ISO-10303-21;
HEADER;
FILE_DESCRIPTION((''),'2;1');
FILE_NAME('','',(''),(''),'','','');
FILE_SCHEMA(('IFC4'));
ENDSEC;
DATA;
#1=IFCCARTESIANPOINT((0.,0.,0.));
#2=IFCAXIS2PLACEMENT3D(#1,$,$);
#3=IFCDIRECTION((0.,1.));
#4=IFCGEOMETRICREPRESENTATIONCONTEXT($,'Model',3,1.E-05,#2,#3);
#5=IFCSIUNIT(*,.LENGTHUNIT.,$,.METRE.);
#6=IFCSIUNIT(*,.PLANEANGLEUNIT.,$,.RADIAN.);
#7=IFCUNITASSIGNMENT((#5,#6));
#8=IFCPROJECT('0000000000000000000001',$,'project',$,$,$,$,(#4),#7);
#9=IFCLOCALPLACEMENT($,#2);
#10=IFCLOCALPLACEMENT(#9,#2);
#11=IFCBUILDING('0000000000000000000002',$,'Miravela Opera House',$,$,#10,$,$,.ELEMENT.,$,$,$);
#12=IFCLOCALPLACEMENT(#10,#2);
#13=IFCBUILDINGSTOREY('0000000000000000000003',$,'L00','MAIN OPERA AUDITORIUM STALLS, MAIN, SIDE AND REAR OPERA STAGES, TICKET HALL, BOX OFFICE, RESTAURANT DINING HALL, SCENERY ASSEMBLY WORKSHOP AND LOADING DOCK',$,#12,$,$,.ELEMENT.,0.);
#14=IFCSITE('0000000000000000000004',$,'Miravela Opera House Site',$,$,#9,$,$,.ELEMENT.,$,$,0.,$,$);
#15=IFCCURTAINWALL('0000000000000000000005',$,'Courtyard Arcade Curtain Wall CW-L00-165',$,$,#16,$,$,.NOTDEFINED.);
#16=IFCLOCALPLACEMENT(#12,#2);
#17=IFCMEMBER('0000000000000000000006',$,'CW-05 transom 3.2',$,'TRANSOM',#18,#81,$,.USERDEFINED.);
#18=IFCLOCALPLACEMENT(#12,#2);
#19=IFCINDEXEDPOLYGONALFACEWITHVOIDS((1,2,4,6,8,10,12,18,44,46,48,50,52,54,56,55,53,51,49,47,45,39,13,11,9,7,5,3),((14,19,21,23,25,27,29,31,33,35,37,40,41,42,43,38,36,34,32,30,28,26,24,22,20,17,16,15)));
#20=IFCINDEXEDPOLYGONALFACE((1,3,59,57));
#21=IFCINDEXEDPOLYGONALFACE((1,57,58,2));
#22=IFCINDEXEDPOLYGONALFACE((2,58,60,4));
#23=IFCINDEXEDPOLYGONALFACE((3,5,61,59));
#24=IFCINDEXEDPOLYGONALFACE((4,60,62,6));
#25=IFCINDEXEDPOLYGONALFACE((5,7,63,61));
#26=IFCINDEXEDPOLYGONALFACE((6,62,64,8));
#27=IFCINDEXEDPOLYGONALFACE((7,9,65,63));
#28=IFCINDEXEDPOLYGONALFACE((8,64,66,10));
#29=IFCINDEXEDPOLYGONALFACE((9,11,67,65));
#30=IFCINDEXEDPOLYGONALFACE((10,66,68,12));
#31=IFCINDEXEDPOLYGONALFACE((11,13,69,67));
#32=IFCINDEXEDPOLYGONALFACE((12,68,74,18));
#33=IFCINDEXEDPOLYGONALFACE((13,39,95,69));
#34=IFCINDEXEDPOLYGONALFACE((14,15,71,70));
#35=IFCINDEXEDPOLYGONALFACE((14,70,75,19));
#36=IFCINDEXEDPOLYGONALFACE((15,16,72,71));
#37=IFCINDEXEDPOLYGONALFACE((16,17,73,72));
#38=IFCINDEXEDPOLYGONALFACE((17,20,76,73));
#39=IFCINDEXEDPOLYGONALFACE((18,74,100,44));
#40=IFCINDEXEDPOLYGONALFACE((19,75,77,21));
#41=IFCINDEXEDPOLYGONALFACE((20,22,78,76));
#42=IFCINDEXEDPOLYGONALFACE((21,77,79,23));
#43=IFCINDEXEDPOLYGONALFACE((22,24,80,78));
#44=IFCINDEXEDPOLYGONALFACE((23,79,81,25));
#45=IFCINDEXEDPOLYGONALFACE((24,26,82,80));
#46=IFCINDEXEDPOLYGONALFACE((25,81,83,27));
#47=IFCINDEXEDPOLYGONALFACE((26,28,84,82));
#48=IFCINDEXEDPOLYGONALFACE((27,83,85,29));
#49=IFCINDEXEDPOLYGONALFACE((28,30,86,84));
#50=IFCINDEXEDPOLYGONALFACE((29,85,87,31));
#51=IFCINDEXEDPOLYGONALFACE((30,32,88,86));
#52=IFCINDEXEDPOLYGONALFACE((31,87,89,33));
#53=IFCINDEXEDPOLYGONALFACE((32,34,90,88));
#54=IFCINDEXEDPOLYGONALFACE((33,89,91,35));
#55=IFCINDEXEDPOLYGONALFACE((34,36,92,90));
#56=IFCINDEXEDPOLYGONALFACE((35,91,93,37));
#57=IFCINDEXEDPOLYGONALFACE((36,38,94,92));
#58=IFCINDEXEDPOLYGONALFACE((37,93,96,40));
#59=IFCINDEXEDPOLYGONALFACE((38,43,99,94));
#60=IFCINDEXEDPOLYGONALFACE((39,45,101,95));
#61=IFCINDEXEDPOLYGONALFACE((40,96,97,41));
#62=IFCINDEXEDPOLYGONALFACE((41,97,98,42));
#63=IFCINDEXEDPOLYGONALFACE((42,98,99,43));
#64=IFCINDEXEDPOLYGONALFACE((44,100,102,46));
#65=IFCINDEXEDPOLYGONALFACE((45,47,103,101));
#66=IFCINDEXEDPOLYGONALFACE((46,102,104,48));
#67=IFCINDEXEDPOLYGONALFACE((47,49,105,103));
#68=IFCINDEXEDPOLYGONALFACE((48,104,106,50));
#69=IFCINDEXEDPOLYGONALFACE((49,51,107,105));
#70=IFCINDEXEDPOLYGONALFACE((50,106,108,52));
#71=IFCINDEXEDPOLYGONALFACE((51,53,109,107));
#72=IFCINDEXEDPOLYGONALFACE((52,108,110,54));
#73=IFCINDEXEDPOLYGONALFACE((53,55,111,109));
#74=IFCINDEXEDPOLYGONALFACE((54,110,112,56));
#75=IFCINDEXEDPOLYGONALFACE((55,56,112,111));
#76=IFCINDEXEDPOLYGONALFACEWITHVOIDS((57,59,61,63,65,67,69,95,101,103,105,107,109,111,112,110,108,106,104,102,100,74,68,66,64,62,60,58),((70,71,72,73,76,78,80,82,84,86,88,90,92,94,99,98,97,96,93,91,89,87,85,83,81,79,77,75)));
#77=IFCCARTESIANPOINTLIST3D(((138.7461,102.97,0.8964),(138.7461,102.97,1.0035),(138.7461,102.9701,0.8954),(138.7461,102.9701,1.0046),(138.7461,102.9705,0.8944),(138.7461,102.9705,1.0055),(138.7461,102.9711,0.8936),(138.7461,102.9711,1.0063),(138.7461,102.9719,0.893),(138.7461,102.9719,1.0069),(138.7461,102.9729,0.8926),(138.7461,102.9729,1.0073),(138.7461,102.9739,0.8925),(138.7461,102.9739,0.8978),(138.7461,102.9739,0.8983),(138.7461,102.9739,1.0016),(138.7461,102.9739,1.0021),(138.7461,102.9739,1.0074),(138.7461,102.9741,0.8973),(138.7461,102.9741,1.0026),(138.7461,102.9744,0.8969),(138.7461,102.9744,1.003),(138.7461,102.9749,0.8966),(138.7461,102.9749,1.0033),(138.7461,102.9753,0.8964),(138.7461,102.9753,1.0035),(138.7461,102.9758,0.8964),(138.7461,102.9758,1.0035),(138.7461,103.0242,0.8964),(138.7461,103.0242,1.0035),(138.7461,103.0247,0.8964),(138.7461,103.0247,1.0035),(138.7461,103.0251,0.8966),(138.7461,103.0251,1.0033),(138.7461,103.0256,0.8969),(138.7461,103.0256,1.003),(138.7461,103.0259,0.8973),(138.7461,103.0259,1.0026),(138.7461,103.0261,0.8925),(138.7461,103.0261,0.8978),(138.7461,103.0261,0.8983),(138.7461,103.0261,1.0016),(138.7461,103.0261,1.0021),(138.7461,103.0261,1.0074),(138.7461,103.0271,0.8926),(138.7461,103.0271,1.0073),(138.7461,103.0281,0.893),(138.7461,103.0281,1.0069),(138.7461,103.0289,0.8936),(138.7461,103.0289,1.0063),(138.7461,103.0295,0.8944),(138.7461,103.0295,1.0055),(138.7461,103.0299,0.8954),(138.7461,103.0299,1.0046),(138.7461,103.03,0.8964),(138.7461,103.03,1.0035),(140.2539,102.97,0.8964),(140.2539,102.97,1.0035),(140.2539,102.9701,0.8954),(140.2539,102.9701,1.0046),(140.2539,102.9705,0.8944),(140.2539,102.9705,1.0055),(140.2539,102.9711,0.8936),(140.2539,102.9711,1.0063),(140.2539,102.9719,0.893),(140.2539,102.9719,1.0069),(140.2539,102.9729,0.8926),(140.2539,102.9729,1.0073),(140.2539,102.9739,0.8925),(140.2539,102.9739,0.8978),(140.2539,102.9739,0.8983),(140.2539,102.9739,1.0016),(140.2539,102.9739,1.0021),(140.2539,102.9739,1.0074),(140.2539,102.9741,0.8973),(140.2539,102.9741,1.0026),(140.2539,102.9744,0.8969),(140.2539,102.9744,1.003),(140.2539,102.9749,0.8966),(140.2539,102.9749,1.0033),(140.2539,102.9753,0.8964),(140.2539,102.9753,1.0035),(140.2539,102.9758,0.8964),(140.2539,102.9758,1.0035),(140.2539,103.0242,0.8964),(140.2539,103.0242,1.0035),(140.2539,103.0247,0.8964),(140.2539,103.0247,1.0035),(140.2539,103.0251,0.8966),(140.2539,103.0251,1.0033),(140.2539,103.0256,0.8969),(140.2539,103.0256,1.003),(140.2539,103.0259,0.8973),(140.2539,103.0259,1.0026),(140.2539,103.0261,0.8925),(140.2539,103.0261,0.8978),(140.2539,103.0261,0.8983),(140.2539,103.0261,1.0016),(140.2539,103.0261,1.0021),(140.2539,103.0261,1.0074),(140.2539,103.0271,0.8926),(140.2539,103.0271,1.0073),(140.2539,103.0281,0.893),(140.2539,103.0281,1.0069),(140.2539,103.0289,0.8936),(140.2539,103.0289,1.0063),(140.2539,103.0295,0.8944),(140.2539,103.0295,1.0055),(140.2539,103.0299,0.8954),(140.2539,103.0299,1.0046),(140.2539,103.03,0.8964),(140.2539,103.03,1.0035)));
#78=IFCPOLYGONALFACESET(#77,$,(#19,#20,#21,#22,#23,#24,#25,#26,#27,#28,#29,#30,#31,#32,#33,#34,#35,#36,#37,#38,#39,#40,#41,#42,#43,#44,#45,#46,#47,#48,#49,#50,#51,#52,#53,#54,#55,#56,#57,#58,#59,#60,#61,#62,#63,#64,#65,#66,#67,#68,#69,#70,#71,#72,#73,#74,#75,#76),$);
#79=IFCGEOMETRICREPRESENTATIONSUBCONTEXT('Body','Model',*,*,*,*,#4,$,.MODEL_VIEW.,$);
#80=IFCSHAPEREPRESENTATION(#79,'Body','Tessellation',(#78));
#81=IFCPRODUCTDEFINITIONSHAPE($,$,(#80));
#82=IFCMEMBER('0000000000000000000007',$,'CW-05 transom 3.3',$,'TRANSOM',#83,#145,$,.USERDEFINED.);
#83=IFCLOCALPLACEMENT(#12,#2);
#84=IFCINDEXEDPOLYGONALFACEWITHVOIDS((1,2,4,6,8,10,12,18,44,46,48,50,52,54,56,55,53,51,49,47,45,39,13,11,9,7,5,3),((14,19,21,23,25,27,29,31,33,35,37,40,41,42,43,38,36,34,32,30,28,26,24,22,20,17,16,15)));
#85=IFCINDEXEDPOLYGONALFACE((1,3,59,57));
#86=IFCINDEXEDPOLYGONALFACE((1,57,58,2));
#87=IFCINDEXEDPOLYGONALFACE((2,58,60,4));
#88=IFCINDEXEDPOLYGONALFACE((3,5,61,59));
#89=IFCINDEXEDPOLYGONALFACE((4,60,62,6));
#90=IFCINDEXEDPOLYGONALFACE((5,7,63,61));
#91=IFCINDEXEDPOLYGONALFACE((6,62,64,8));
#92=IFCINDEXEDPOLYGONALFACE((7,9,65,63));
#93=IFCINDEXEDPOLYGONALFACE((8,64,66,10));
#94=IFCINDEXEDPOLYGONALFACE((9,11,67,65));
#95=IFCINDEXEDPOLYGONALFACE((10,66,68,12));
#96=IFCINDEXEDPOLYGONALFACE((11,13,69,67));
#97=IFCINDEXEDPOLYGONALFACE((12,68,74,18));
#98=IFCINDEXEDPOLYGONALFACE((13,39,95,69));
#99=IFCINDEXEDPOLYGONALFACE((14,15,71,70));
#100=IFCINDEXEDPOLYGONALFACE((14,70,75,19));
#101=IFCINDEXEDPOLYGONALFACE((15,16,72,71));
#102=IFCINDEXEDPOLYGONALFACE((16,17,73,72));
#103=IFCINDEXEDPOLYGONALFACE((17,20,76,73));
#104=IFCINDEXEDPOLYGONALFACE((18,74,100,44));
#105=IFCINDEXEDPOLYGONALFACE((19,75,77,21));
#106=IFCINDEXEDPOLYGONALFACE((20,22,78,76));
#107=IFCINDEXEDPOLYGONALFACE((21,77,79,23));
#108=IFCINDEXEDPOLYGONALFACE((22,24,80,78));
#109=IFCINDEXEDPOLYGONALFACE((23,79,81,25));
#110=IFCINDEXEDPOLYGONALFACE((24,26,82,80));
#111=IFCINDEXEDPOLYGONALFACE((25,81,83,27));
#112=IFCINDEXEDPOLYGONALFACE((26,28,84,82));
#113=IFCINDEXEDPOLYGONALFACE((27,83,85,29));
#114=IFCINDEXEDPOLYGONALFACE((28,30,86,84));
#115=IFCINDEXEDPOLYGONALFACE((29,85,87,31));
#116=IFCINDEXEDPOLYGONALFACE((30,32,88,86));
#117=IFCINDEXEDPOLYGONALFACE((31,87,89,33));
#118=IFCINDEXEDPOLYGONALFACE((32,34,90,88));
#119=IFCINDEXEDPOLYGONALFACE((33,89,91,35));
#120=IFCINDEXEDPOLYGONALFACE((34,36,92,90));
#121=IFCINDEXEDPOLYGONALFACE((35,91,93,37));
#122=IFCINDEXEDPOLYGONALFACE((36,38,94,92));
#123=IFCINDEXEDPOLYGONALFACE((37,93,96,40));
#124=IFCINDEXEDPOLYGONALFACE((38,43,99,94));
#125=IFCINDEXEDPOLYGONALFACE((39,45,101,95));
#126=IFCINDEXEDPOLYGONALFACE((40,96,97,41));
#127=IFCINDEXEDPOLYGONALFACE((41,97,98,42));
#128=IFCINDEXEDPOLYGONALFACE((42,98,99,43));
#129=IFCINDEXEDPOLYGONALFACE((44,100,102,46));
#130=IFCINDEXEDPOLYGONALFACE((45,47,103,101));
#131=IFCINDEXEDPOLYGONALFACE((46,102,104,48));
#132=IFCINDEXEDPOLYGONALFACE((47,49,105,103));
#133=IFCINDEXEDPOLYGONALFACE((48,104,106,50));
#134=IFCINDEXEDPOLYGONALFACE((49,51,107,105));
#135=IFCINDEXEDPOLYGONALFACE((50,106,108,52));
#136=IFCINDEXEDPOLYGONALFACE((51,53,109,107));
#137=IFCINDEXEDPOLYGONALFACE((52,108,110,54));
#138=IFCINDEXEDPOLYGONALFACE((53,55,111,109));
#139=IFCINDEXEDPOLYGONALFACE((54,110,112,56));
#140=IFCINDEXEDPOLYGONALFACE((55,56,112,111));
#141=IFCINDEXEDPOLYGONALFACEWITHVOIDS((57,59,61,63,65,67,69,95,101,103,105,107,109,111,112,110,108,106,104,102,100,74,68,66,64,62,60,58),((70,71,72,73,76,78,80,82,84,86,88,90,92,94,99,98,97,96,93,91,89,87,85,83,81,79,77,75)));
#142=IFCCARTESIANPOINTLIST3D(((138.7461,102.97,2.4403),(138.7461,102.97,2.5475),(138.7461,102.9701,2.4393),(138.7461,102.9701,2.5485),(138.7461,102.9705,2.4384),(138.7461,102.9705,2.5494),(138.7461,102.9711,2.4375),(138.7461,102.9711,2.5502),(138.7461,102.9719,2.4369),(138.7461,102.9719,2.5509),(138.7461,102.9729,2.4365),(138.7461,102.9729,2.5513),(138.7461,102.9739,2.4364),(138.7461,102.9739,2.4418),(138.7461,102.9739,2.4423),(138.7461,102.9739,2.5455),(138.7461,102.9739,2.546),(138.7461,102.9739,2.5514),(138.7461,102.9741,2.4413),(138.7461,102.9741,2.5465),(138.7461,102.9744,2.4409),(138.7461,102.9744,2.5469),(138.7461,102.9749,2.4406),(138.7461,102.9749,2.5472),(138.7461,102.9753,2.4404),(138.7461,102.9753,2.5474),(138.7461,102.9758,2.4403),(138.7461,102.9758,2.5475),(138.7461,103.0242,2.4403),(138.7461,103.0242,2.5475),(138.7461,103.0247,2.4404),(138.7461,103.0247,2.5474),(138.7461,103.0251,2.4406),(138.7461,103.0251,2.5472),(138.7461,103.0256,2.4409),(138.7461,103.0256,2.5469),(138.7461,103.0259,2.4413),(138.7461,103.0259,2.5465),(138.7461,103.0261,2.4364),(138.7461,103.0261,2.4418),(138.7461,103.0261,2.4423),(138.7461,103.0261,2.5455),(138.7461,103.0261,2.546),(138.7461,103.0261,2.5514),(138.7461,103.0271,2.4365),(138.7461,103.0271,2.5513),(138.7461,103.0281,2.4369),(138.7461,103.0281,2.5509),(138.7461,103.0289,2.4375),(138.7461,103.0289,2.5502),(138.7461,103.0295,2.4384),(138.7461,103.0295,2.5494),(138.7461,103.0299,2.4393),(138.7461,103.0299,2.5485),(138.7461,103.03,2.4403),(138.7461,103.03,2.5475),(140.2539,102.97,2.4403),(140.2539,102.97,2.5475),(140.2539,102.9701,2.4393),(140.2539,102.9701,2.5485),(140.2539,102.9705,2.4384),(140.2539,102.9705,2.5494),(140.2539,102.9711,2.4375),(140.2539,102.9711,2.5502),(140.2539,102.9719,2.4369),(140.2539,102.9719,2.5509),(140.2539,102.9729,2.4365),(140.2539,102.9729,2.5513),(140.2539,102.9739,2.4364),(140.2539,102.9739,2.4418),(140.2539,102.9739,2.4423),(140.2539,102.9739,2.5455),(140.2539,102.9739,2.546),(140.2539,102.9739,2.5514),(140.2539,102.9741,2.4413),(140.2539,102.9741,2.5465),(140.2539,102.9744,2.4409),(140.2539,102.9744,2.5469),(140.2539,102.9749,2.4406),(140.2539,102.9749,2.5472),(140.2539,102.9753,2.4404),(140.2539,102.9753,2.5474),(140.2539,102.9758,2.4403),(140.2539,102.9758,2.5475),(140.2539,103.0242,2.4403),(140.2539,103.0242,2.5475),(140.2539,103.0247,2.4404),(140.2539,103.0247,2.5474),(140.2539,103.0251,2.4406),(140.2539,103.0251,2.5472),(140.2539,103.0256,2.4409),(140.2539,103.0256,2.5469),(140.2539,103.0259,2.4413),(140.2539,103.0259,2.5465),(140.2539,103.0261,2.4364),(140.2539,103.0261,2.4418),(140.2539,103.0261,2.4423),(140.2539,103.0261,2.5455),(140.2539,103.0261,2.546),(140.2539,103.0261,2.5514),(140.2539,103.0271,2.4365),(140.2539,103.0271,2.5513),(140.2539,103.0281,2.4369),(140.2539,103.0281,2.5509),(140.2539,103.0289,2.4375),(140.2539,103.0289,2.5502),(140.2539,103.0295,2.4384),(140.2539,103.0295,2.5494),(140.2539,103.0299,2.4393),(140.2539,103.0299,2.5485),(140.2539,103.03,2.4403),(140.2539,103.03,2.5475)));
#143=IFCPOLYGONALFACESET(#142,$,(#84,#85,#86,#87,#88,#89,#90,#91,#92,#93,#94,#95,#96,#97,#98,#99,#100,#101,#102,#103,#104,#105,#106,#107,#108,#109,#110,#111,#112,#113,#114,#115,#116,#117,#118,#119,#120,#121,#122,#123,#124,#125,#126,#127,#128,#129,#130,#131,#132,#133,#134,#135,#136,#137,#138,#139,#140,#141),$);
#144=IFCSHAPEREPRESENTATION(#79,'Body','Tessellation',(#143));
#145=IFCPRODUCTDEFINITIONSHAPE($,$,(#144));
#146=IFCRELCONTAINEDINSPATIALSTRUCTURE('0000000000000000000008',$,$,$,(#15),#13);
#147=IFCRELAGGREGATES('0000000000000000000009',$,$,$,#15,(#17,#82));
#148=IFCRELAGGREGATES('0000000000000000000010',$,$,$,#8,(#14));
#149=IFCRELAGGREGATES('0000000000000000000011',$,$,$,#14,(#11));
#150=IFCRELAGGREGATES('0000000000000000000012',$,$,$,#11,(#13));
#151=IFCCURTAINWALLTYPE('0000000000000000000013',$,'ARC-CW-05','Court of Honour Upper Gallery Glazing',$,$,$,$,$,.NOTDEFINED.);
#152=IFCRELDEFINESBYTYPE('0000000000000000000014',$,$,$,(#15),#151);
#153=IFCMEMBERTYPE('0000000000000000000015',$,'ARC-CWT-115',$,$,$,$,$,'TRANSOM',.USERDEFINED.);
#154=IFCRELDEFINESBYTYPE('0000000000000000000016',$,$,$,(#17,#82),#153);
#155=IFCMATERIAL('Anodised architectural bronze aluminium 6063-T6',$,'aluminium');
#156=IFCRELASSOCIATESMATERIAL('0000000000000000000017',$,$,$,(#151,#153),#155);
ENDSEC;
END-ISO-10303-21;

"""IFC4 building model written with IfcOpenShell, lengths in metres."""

from ifc_helpers import new_model, si_unit, direction, frame, origin, origin_2d, place, context, subcontext, project, spatial, hollow_rectangle, extrude, material, material_profile, profile_set, type_object, element, aggregate, save


model = new_model("IFC4")

# Units and contexts
model_context = context("Model", 3, precision=1e-05, world=origin(), true_north=direction((0.0, 1.0)))
body_context = subcontext(model_context, "Body", "Model", "MODEL_VIEW")
ifc_project = project(units=[si_unit("LENGTHUNIT", "METRE"), si_unit("PLANEANGLEUNIT", "RADIAN")], contexts=[model_context])

# Site, building, storey
site_placement = place(None, origin())
site = spatial("IfcSite", under=ifc_project, at=site_placement, Name="Miravela Opera House Site", CompositionType="ELEMENT", RefElevation=0.0)
building_placement = place(site_placement, origin())
building = spatial("IfcBuilding", under=site, at=building_placement, Name="Miravela Opera House", CompositionType="ELEMENT")
storey_placement = place(building_placement, origin())
storey = spatial("IfcBuildingStorey", under=building, at=storey_placement, Name="L00", Description="MAIN OPERA AUDITORIUM STALLS, MAIN, SIDE AND REAR OPERA STAGES, TICKET HALL, BOX OFFICE, RESTAURANT DINING HALL, SCENERY ASSEMBLY WORKSHOP AND LOADING DOCK", CompositionType="ELEMENT", Elevation=0.0)

# Curtain wall, members
ifc_material_1 = material(Name="Anodised architectural bronze aluminium 6063-T6", Category="aluminium")
curtain_wall_type = type_object("IfcCurtainWallType", Name="ARC-CW-05", Description="Court of Honour Upper Gallery Glazing", PredefinedType="NOTDEFINED", material=ifc_material_1)
curtain_wall_placement = place(storey_placement, origin())
curtain_wall = element("IfcCurtainWall", 1, at=curtain_wall_placement, inside=storey, type_object=curtain_wall_type, Name="Courtyard Arcade Curtain Wall CW-L00-165", PredefinedType="NOTDEFINED")
ifc_material_profile_1 = material_profile(ifc_material_1, hollow_rectangle(XDim=0.0601, YDim=0.115, WallThickness=0.0039, InnerFilletRadius=0.002, OuterFilletRadius=0.0039, at=origin_2d()), Name="CWT-60X115")
ifc_profile_set_1 = profile_set([ifc_material_profile_1])
member_type_1 = type_object("IfcMemberType", Name="ARC-CWT-115", ElementType="TRANSOM", PredefinedType="USERDEFINED", material=ifc_profile_set_1)
member_1_placement = place(storey_placement, frame((138.7461, 103.0, 0.95), z_axis=(1.0, 0.0, 0.0), x_axis=(0.0, 1.0, 0.0)))
member_1 = element("IfcMember", 2, at=member_1_placement, type_object=member_type_1, Name="CW-05 transom 3.2", ObjectType="TRANSOM", PredefinedType="USERDEFINED", context=body_context, shape_type="SweptSolid", body=[
    extrude(hollow_rectangle(XDim=0.0601, YDim=0.115, WallThickness=0.0039, InnerFilletRadius=0.002, OuterFilletRadius=0.0039, at=origin_2d()), origin(), (0.0, 0.0, 1.0), 1.5078),
])
member_2_placement = place(storey_placement, frame((138.7461, 103.0, 2.4939), z_axis=(1.0, 0.0, 0.0), x_axis=(0.0, 1.0, 0.0)))
member_2 = element("IfcMember", 3, at=member_2_placement, type_object=member_type_1, Name="CW-05 transom 3.3", ObjectType="TRANSOM", PredefinedType="USERDEFINED", context=body_context, shape_type="SweptSolid", body=[
    extrude(hollow_rectangle(XDim=0.0601, YDim=0.115, WallThickness=0.0039, InnerFilletRadius=0.002, OuterFilletRadius=0.0039, at=origin_2d()), origin(), (0.0, 0.0, 1.0), 1.5078),
])

aggregate(curtain_wall, [member_1, member_2])

save(model, "model.ifc")
